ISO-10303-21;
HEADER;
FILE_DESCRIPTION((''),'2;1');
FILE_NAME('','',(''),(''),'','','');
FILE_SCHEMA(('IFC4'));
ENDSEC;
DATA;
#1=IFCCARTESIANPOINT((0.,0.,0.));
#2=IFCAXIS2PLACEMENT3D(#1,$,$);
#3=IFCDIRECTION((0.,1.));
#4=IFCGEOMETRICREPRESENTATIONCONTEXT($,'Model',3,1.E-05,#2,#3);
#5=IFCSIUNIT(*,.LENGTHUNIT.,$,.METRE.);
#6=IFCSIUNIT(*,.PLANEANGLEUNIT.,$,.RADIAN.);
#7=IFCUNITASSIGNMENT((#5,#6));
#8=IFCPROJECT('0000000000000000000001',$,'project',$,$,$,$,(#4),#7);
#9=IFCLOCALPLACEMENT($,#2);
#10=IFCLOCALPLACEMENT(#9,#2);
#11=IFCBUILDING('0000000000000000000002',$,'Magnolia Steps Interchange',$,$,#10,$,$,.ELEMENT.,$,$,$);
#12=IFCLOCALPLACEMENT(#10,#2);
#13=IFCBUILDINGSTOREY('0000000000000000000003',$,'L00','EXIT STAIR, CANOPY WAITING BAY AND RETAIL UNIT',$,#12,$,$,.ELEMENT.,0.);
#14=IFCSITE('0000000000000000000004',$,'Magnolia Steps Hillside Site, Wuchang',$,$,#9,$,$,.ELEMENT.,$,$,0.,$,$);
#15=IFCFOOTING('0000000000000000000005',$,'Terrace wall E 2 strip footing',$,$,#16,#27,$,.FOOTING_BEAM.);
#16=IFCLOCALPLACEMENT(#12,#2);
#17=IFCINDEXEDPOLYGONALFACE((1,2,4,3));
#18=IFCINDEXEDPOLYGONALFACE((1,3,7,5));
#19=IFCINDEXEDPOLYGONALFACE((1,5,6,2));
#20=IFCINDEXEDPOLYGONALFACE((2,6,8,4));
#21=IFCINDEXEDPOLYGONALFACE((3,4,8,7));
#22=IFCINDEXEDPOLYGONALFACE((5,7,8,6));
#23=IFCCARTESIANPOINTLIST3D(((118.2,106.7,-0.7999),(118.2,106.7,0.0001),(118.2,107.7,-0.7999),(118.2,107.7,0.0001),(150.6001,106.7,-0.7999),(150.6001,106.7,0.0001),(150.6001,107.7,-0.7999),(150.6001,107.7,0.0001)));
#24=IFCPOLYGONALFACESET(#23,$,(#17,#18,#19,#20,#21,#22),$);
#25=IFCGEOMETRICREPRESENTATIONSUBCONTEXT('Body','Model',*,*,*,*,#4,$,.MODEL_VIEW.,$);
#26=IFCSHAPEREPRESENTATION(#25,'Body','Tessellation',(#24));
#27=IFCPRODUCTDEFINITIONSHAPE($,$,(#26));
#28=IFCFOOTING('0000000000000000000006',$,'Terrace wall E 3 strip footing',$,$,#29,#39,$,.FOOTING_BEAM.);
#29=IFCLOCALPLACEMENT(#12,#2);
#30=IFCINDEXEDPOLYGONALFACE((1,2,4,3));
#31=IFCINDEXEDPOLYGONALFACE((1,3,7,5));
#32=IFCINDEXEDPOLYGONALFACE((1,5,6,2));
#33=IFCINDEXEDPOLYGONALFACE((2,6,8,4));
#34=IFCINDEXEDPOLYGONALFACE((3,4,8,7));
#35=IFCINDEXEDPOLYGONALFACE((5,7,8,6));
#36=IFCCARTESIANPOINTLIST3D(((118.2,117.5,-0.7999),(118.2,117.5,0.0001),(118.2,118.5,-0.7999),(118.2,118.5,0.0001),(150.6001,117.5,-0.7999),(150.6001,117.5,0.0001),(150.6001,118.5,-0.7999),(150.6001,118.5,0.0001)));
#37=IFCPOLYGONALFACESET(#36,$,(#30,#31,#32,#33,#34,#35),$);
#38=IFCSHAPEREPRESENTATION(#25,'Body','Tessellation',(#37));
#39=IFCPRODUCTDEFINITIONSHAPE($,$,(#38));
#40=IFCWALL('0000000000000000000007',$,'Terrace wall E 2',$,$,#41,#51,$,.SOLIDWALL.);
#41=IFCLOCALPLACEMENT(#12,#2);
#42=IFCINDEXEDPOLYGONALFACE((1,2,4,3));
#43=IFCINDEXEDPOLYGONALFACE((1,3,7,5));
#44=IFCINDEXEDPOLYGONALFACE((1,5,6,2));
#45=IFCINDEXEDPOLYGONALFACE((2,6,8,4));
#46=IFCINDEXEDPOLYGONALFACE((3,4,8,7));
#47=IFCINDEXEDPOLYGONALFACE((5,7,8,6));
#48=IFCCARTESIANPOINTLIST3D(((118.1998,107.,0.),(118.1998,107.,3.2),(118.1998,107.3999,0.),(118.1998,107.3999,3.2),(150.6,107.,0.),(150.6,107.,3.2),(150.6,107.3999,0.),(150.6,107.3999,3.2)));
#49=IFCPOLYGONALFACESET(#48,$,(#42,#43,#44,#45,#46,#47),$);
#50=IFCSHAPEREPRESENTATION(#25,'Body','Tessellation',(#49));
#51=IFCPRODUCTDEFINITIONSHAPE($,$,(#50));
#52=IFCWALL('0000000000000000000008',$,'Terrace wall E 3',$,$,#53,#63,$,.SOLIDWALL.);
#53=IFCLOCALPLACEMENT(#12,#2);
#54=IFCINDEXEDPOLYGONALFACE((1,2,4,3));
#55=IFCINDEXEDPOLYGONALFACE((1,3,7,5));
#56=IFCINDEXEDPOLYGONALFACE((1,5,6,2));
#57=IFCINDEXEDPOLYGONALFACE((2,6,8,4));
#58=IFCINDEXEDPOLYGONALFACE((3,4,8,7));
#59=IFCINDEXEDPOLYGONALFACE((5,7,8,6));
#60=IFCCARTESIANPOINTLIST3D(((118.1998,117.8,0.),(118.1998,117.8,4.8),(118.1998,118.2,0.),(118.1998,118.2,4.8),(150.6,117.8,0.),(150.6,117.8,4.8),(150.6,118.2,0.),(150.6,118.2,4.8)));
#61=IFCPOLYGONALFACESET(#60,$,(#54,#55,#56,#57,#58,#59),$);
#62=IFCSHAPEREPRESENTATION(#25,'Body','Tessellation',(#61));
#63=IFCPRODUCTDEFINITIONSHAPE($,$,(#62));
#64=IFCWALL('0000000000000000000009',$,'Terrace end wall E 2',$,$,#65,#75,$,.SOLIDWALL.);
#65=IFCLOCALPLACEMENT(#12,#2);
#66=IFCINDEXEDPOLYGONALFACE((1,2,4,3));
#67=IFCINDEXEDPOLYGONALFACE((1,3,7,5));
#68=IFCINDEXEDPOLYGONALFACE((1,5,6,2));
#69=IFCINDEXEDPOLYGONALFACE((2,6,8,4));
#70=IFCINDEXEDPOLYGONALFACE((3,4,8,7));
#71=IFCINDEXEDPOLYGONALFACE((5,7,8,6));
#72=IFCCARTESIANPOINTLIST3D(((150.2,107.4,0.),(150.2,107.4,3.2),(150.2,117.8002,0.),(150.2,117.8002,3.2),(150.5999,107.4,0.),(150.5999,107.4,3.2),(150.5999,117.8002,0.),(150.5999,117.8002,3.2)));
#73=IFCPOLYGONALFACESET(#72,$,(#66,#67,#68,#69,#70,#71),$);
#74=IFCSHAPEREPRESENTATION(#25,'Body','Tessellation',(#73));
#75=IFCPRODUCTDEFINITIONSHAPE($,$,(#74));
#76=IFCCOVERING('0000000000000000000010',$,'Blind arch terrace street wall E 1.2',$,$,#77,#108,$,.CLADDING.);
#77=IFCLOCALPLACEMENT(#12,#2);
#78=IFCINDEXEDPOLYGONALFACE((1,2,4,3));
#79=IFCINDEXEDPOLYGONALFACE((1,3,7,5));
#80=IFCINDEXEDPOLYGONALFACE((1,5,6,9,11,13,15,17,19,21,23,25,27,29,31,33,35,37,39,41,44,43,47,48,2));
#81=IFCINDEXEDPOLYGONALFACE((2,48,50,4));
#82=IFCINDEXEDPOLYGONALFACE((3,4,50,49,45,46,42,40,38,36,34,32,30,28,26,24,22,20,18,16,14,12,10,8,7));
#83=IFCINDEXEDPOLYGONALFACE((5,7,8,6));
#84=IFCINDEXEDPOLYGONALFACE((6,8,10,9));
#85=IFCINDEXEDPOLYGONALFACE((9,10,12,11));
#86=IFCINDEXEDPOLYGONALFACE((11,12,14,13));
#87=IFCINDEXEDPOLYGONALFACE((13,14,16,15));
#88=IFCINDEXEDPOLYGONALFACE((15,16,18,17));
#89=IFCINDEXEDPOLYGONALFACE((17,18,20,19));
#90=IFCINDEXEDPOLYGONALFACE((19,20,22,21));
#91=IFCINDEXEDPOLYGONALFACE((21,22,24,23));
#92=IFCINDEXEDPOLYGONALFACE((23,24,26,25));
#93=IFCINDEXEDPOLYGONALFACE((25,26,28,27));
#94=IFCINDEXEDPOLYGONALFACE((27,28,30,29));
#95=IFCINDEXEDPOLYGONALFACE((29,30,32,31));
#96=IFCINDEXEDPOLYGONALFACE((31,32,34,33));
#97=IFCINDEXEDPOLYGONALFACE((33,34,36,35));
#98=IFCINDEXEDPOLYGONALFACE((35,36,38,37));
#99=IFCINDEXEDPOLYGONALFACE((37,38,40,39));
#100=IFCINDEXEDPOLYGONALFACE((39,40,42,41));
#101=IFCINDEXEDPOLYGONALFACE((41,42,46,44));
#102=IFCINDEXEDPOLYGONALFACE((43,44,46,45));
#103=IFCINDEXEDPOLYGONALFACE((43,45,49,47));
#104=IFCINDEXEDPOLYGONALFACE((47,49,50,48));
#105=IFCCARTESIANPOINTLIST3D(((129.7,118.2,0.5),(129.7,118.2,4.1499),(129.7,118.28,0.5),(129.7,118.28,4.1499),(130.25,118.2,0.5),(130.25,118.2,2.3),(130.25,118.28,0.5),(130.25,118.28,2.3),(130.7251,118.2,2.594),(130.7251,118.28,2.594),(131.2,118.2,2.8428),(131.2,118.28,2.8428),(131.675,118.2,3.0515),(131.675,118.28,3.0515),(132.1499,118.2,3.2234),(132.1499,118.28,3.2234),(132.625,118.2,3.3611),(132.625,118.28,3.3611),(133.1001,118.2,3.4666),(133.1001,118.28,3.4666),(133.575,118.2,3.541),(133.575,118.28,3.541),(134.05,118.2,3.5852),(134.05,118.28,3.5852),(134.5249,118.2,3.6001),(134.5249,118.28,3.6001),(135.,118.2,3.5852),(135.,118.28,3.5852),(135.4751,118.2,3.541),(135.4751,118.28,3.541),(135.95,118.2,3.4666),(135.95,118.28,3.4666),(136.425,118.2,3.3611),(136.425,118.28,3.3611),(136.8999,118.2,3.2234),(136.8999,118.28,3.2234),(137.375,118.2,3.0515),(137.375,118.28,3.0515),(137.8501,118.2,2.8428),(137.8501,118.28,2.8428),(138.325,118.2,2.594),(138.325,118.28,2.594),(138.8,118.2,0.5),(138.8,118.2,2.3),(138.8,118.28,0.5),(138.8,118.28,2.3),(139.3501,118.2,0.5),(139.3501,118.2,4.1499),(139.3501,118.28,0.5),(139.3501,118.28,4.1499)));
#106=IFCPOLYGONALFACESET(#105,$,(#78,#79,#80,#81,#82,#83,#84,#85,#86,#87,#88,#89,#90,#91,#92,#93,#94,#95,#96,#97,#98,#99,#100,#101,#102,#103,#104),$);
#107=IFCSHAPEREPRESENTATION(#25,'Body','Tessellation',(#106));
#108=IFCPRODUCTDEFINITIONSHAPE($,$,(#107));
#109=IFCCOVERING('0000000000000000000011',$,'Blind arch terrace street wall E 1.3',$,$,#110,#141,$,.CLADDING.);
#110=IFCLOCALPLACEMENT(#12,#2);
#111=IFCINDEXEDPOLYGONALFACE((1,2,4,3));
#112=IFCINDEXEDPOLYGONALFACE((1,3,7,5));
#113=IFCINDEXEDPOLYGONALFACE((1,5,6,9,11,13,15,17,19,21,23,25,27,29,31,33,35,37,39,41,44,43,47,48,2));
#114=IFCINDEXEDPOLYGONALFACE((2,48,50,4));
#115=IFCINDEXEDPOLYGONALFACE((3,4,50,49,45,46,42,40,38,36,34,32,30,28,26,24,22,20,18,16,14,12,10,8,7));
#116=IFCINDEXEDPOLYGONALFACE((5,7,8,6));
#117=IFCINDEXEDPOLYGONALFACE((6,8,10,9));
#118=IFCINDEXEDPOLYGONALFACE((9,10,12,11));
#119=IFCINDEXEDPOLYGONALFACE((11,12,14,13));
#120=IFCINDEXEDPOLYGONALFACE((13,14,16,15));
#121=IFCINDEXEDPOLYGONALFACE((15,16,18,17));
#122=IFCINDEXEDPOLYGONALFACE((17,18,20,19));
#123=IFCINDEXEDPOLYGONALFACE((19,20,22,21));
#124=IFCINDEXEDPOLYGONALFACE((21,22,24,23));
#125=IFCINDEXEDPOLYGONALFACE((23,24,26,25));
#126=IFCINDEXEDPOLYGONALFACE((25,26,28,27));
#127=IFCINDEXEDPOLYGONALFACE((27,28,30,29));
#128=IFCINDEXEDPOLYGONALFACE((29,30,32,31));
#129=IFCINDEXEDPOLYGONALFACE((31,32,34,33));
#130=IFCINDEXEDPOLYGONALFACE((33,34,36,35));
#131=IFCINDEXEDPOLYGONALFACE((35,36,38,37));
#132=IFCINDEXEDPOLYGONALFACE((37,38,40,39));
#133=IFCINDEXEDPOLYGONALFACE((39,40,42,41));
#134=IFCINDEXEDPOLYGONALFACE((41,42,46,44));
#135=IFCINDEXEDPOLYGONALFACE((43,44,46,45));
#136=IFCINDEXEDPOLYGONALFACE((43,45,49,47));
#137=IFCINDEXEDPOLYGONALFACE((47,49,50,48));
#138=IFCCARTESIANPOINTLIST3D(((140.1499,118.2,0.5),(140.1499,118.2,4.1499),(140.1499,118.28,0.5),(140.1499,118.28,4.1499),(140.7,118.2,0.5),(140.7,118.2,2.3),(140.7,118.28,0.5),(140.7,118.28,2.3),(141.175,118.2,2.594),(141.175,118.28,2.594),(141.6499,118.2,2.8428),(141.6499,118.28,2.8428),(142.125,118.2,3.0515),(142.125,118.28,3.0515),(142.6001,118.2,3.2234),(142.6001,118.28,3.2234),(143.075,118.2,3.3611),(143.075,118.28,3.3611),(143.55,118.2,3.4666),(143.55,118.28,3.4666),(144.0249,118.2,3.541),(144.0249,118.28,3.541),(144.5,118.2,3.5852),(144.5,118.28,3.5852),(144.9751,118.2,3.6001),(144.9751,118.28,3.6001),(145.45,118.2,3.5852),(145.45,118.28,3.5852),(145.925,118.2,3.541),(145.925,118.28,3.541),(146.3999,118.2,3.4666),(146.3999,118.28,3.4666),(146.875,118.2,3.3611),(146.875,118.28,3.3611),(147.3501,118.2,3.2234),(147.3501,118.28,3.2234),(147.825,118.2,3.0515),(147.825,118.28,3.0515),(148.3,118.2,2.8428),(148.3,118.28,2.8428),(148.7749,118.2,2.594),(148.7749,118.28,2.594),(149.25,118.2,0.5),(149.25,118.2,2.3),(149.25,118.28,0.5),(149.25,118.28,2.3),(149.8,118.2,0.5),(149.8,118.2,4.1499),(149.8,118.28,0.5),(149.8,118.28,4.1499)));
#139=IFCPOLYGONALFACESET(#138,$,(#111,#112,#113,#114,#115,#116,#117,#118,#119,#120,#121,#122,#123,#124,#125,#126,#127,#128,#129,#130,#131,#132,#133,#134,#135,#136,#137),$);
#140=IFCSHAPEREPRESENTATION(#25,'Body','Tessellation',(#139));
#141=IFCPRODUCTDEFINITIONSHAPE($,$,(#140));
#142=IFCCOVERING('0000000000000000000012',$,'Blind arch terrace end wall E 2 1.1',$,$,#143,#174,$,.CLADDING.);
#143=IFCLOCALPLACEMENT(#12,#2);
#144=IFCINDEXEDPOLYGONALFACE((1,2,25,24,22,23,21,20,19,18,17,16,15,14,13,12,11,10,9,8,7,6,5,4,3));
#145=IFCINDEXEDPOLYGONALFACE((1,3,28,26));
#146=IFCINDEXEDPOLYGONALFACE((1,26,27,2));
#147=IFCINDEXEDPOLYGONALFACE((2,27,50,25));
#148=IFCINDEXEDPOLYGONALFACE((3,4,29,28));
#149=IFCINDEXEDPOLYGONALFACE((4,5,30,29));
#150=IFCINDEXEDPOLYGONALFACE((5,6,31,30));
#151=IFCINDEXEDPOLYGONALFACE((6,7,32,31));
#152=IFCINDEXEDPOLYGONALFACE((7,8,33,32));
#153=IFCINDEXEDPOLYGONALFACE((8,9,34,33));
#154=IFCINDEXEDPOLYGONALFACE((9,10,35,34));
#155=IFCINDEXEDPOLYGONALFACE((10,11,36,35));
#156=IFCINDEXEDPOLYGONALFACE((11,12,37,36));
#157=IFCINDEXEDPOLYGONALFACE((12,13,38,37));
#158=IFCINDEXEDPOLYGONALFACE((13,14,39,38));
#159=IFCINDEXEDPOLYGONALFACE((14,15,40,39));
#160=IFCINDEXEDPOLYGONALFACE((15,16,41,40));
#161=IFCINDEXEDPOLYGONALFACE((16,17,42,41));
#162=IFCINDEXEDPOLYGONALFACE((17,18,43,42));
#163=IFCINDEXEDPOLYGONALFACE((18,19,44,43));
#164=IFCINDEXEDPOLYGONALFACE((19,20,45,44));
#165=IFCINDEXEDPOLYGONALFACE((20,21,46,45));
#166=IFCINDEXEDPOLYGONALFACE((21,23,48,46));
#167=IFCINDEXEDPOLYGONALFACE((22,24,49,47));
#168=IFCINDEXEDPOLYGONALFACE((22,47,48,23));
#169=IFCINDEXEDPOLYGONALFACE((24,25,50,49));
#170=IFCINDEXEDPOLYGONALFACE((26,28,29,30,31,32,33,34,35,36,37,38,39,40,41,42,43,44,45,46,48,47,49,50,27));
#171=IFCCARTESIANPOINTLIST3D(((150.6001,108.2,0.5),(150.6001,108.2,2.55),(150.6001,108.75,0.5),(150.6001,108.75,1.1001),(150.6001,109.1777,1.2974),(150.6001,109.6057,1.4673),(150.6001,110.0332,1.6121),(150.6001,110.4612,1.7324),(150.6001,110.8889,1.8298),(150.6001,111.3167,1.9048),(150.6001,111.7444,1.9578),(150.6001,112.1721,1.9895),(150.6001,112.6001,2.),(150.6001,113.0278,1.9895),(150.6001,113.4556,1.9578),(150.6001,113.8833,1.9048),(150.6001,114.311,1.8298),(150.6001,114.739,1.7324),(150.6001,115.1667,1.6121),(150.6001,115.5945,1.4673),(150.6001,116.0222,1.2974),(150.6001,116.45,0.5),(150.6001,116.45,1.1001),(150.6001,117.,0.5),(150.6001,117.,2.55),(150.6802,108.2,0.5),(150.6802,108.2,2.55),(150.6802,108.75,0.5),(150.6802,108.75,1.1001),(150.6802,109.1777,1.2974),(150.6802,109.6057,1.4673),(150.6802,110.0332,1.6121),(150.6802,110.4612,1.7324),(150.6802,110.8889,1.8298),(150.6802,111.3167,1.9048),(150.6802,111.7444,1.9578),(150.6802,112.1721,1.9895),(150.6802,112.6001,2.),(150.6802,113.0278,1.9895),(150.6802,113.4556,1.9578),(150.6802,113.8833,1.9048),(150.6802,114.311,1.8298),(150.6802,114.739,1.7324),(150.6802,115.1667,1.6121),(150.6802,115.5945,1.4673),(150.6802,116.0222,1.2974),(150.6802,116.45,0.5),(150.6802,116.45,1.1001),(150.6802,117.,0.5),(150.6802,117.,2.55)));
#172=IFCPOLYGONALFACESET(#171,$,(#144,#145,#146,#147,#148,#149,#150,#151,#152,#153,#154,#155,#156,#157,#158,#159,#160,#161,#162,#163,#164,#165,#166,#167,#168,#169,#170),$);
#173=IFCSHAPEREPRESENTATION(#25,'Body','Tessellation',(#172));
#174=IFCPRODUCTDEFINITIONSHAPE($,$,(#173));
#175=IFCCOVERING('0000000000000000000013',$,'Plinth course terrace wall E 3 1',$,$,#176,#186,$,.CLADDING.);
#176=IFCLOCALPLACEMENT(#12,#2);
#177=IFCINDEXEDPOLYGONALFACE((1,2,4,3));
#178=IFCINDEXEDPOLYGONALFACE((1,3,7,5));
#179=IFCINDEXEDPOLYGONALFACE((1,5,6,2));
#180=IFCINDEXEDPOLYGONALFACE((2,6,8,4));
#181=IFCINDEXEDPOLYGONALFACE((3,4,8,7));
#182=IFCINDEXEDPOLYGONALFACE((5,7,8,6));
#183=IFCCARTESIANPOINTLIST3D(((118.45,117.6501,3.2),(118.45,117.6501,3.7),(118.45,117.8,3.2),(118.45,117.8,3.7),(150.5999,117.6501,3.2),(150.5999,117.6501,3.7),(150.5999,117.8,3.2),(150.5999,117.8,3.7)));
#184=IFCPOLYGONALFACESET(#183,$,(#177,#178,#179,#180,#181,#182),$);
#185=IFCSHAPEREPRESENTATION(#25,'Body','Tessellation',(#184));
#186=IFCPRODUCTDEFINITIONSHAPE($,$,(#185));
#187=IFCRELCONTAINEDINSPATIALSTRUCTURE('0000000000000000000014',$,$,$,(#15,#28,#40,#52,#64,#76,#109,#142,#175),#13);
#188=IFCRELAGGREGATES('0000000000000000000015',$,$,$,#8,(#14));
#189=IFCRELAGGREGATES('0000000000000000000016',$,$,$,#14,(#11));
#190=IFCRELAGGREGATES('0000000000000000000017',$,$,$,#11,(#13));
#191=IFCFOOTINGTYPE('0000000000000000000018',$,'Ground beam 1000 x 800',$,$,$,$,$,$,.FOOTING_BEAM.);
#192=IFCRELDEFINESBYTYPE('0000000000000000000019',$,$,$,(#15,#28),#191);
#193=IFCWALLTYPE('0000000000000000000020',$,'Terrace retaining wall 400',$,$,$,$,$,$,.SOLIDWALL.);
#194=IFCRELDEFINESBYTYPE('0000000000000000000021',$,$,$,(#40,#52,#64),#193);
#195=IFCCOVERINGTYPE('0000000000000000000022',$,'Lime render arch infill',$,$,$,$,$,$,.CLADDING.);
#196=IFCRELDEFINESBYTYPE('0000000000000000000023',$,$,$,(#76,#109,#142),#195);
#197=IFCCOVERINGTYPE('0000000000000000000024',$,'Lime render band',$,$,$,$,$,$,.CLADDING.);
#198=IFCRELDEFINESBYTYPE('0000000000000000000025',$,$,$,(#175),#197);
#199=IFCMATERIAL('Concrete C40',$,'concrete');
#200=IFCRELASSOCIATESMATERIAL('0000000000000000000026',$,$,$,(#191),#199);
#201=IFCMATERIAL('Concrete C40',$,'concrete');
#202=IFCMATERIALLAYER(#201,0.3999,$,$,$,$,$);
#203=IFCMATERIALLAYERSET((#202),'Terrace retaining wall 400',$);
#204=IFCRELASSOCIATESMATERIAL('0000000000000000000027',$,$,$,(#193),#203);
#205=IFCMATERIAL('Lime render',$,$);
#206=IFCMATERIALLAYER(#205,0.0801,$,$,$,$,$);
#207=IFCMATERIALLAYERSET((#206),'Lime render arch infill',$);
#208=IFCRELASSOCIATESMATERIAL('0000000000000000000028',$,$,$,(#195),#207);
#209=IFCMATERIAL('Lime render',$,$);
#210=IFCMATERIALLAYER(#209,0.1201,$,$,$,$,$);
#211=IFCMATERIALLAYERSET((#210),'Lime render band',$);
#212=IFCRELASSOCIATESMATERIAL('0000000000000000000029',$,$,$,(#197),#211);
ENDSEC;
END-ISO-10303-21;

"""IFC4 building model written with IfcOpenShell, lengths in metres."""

from ifc_helpers import new_model, si_unit, direction, frame, frame_2d, origin, origin_2d, place, context, subcontext, project, spatial, polyline, rectangle, outline, extrude, material, layer, layer_set, material_profile, profile_set, type_object, element, save


model = new_model("IFC4")

# Units and contexts
model_context = context("Model", 3, precision=1e-05, world=origin(), true_north=direction((0.0, 1.0)))
body_context = subcontext(model_context, "Body", "Model", "MODEL_VIEW")
ifc_project = project(units=[si_unit("LENGTHUNIT", "METRE"), si_unit("PLANEANGLEUNIT", "RADIAN")], contexts=[model_context])

# Site, building, storey
site_placement = place(None, origin())
site = spatial("IfcSite", under=ifc_project, at=site_placement, Name="Magnolia Steps Hillside Site, Wuchang", CompositionType="ELEMENT", RefElevation=0.0)
building_placement = place(site_placement, origin())
building = spatial("IfcBuilding", under=site, at=building_placement, Name="Magnolia Steps Interchange", CompositionType="ELEMENT")
storey_placement = place(building_placement, origin())
storey = spatial("IfcBuildingStorey", under=building, at=storey_placement, Name="L00", Description="EXIT STAIR, CANOPY WAITING BAY AND RETAIL UNIT", CompositionType="ELEMENT", Elevation=0.0)

# Footings
ifc_material_1 = material(Name="Concrete C40", Category="concrete")
ifc_material_profile = material_profile(ifc_material_1, rectangle(XDim=1.0, YDim=0.8, at=origin_2d()), Name="RC1000x800")
ifc_profile_set = profile_set([ifc_material_profile], Name="Concrete C40")
footing_type = type_object("IfcFootingType", Name="Ground beam 1000 x 800", PredefinedType="FOOTING_BEAM", material=ifc_profile_set)
for number, where, z_axis, x_axis, name in (
    (1, (150.6001, 107.2, -0.3999), (-1.0, 0.0, 0.0), (0.0, -1.0, 0.0), "Terrace wall E 2 strip footing"),
    (2, (150.6001, 118.0, -0.3999), (-1.0, 0.0, 0.0), (0.0, -1.0, 0.0), "Terrace wall E 3 strip footing"),
):
    element("IfcFooting", number, at=place(storey_placement, frame(where, z_axis=z_axis, x_axis=x_axis)), inside=storey, type_object=footing_type, Name=name, PredefinedType="FOOTING_BEAM", context=body_context, shape_type="SweptSolid", body=[
        extrude(rectangle(XDim=1.0, YDim=0.8, at=origin_2d()), origin(), (0.0, 0.0, 1.0), 32.4001),
    ])

# Walls
ifc_material_2 = material(Name="Concrete C40", Category="concrete")
ifc_layer_1 = layer(ifc_material_2, 0.3999)
ifc_layer_set_1 = layer_set([ifc_layer_1], Name="Terrace retaining wall 400")
wall_type = type_object("IfcWallType", Name="Terrace retaining wall 400", PredefinedType="SOLIDWALL", material=ifc_layer_set_1)
wall_1_placement = place(storey_placement, frame((150.6001, 107.2, 0.0), z_axis=(0.0, 0.0, 1.0), x_axis=(-1.0, 0.0, 0.0)))
element("IfcWall", 3, at=wall_1_placement, inside=storey, type_object=wall_type, Name="Terrace wall E 2", PredefinedType="SOLIDWALL", context=body_context, shape_type="SweptSolid", body=[
    extrude(rectangle(XDim=32.4001, YDim=0.3999, at=frame_2d((16.2002, 0.0))), origin(), (0.0, 0.0, 1.0), 3.2),
])
wall_2_placement = place(storey_placement, frame((150.6001, 118.0, 0.0), z_axis=(0.0, 0.0, 1.0), x_axis=(-1.0, 0.0, 0.0)))
element("IfcWall", 4, at=wall_2_placement, inside=storey, type_object=wall_type, Name="Terrace wall E 3", PredefinedType="SOLIDWALL", context=body_context, shape_type="SweptSolid", body=[
    extrude(rectangle(XDim=32.4001, YDim=0.3999, at=frame_2d((16.2002, 0.0))), origin(), (0.0, 0.0, 1.0), 4.8),
])
wall_3_placement = place(storey_placement, frame((150.3999, 107.3999, 0.0), z_axis=(0.0, 0.0, 1.0), x_axis=(0.0, 1.0, 0.0)))
element("IfcWall", 5, at=wall_3_placement, inside=storey, type_object=wall_type, Name="Terrace end wall E 2", PredefinedType="SOLIDWALL", context=body_context, shape_type="SweptSolid", body=[
    extrude(rectangle(XDim=10.4001, YDim=0.3999, at=frame_2d((5.2002, 0.0))), origin(), (0.0, 0.0, 1.0), 3.2),
])

# Coverings
ifc_material_3 = material(Name="Lime render")
ifc_layer_2 = layer(ifc_material_3, 0.0801)
ifc_layer_set_2 = layer_set([ifc_layer_2], Name="Lime render arch infill")
covering_type_1 = type_object("IfcCoveringType", Name="Lime render arch infill", PredefinedType="CLADDING", material=ifc_layer_set_2)
covering_1_placement = place(storey_placement, frame((130.25, 118.2, 0.5), z_axis=(0.0, -1.0, 0.0), x_axis=(0.0, 0.0, 1.0)))
element("IfcCovering", 6, at=covering_1_placement, inside=storey, type_object=covering_type_1, Name="Blind arch terrace street wall E 1.2", PredefinedType="CLADDING", context=body_context, shape_type="SweptSolid", body=[
    extrude(outline(polyline([(0.0, 0.0), (1.8, 0.0), (2.094, -0.4751), (2.3428, -0.95), (2.5515, -1.425), (2.7234, -1.8999), (2.8611, -2.375), (2.9666, -2.8501), (3.041, -3.325), (3.0852, -3.8), (3.1001, -4.2749), (3.0852, -4.75), (3.041, -5.2251), (2.9666, -5.7), (2.8611, -6.175), (2.7234, -6.6499), (2.5515, -7.125), (2.3428, -7.6001), (2.094, -8.075), (1.8, -8.55), (0.0, -8.55), (0.0, -9.1001), (3.6499, -9.1001), (3.6499, 0.55), (0.0, 0.55), (0.0, 0.0)])), origin(), (0.0, 0.0, -1.0), 0.0801),
])
covering_2_placement = place(storey_placement, frame((140.7, 118.2, 0.5), z_axis=(0.0, -1.0, 0.0), x_axis=(0.0, 0.0, 1.0)))
element("IfcCovering", 7, at=covering_2_placement, inside=storey, type_object=covering_type_1, Name="Blind arch terrace street wall E 1.3", PredefinedType="CLADDING", context=body_context, shape_type="SweptSolid", body=[
    extrude(outline(polyline([(0.0, 0.0), (1.8, 0.0), (2.094, -0.4751), (2.3428, -0.95), (2.5515, -1.425), (2.7234, -1.9001), (2.8611, -2.375), (2.9666, -2.8501), (3.041, -3.325), (3.0852, -3.8), (3.1001, -4.2751), (3.0852, -4.75), (3.041, -5.2251), (2.9666, -5.7), (2.8611, -6.175), (2.7234, -6.6501), (2.5515, -7.125), (2.3428, -7.6001), (2.094, -8.075), (1.8, -8.55), (0.0, -8.55), (0.0, -9.1001), (3.6499, -9.1001), (3.6499, 0.55), (0.0, 0.55), (0.0, 0.0)])), origin(), (0.0, 0.0, -1.0), 0.0801),
])
covering_3_placement = place(storey_placement, frame((150.6001, 108.2, 0.5), z_axis=(-1.0, 0.0, 0.0), x_axis=(0.0, 0.0, 1.0)))
element("IfcCovering", 8, at=covering_3_placement, inside=storey, type_object=covering_type_1, Name="Blind arch terrace end wall E 2 1.1", PredefinedType="CLADDING", context=body_context, shape_type="SweptSolid", body=[
    extrude(outline(polyline([(0.0, 0.0), (2.05, 0.0), (2.05, 8.8), (0.0, 8.8), (0.0, 8.25), (0.6001, 8.25), (0.7974, 7.8223), (0.9673, 7.3945), (1.1121, 6.9668), (1.2324, 6.5391), (1.3298, 6.1111), (1.4048, 5.6833), (1.4578, 5.2556), (1.4895, 4.8279), (1.5, 4.4001), (1.4895, 3.9722), (1.4578, 3.5444), (1.4048, 3.1167), (1.3298, 2.689), (1.2324, 2.2612), (1.1121, 1.8333), (0.9673, 1.4058), (0.7974, 0.9778), (0.6001, 0.55), (0.0, 0.55), (0.0, 0.0)])), origin(), (0.0, 0.0, -1.0), 0.0801),
])
ifc_material_4 = material(Name="Lime render")
ifc_layer_3 = layer(ifc_material_4, 0.1201)
ifc_layer_set_3 = layer_set([ifc_layer_3], Name="Lime render band")
covering_type_2 = type_object("IfcCoveringType", Name="Lime render band", PredefinedType="CLADDING", material=ifc_layer_set_3)
covering_4_placement = place(storey_placement, frame((134.5249, 117.7251, 3.2), z_axis=(0.0, 0.0, 1.0), x_axis=(1.0, 0.0, 0.0)))
element("IfcCovering", 9, at=covering_4_placement, inside=storey, type_object=covering_type_2, Name="Plinth course terrace wall E 3 1", PredefinedType="CLADDING", context=body_context, shape_type="SweptSolid", body=[
    extrude(rectangle(XDim=32.1499, YDim=0.1499, at=origin_2d()), origin(), (0.0, 0.0, 1.0), 0.5),
])

save(model, "model.ifc")
